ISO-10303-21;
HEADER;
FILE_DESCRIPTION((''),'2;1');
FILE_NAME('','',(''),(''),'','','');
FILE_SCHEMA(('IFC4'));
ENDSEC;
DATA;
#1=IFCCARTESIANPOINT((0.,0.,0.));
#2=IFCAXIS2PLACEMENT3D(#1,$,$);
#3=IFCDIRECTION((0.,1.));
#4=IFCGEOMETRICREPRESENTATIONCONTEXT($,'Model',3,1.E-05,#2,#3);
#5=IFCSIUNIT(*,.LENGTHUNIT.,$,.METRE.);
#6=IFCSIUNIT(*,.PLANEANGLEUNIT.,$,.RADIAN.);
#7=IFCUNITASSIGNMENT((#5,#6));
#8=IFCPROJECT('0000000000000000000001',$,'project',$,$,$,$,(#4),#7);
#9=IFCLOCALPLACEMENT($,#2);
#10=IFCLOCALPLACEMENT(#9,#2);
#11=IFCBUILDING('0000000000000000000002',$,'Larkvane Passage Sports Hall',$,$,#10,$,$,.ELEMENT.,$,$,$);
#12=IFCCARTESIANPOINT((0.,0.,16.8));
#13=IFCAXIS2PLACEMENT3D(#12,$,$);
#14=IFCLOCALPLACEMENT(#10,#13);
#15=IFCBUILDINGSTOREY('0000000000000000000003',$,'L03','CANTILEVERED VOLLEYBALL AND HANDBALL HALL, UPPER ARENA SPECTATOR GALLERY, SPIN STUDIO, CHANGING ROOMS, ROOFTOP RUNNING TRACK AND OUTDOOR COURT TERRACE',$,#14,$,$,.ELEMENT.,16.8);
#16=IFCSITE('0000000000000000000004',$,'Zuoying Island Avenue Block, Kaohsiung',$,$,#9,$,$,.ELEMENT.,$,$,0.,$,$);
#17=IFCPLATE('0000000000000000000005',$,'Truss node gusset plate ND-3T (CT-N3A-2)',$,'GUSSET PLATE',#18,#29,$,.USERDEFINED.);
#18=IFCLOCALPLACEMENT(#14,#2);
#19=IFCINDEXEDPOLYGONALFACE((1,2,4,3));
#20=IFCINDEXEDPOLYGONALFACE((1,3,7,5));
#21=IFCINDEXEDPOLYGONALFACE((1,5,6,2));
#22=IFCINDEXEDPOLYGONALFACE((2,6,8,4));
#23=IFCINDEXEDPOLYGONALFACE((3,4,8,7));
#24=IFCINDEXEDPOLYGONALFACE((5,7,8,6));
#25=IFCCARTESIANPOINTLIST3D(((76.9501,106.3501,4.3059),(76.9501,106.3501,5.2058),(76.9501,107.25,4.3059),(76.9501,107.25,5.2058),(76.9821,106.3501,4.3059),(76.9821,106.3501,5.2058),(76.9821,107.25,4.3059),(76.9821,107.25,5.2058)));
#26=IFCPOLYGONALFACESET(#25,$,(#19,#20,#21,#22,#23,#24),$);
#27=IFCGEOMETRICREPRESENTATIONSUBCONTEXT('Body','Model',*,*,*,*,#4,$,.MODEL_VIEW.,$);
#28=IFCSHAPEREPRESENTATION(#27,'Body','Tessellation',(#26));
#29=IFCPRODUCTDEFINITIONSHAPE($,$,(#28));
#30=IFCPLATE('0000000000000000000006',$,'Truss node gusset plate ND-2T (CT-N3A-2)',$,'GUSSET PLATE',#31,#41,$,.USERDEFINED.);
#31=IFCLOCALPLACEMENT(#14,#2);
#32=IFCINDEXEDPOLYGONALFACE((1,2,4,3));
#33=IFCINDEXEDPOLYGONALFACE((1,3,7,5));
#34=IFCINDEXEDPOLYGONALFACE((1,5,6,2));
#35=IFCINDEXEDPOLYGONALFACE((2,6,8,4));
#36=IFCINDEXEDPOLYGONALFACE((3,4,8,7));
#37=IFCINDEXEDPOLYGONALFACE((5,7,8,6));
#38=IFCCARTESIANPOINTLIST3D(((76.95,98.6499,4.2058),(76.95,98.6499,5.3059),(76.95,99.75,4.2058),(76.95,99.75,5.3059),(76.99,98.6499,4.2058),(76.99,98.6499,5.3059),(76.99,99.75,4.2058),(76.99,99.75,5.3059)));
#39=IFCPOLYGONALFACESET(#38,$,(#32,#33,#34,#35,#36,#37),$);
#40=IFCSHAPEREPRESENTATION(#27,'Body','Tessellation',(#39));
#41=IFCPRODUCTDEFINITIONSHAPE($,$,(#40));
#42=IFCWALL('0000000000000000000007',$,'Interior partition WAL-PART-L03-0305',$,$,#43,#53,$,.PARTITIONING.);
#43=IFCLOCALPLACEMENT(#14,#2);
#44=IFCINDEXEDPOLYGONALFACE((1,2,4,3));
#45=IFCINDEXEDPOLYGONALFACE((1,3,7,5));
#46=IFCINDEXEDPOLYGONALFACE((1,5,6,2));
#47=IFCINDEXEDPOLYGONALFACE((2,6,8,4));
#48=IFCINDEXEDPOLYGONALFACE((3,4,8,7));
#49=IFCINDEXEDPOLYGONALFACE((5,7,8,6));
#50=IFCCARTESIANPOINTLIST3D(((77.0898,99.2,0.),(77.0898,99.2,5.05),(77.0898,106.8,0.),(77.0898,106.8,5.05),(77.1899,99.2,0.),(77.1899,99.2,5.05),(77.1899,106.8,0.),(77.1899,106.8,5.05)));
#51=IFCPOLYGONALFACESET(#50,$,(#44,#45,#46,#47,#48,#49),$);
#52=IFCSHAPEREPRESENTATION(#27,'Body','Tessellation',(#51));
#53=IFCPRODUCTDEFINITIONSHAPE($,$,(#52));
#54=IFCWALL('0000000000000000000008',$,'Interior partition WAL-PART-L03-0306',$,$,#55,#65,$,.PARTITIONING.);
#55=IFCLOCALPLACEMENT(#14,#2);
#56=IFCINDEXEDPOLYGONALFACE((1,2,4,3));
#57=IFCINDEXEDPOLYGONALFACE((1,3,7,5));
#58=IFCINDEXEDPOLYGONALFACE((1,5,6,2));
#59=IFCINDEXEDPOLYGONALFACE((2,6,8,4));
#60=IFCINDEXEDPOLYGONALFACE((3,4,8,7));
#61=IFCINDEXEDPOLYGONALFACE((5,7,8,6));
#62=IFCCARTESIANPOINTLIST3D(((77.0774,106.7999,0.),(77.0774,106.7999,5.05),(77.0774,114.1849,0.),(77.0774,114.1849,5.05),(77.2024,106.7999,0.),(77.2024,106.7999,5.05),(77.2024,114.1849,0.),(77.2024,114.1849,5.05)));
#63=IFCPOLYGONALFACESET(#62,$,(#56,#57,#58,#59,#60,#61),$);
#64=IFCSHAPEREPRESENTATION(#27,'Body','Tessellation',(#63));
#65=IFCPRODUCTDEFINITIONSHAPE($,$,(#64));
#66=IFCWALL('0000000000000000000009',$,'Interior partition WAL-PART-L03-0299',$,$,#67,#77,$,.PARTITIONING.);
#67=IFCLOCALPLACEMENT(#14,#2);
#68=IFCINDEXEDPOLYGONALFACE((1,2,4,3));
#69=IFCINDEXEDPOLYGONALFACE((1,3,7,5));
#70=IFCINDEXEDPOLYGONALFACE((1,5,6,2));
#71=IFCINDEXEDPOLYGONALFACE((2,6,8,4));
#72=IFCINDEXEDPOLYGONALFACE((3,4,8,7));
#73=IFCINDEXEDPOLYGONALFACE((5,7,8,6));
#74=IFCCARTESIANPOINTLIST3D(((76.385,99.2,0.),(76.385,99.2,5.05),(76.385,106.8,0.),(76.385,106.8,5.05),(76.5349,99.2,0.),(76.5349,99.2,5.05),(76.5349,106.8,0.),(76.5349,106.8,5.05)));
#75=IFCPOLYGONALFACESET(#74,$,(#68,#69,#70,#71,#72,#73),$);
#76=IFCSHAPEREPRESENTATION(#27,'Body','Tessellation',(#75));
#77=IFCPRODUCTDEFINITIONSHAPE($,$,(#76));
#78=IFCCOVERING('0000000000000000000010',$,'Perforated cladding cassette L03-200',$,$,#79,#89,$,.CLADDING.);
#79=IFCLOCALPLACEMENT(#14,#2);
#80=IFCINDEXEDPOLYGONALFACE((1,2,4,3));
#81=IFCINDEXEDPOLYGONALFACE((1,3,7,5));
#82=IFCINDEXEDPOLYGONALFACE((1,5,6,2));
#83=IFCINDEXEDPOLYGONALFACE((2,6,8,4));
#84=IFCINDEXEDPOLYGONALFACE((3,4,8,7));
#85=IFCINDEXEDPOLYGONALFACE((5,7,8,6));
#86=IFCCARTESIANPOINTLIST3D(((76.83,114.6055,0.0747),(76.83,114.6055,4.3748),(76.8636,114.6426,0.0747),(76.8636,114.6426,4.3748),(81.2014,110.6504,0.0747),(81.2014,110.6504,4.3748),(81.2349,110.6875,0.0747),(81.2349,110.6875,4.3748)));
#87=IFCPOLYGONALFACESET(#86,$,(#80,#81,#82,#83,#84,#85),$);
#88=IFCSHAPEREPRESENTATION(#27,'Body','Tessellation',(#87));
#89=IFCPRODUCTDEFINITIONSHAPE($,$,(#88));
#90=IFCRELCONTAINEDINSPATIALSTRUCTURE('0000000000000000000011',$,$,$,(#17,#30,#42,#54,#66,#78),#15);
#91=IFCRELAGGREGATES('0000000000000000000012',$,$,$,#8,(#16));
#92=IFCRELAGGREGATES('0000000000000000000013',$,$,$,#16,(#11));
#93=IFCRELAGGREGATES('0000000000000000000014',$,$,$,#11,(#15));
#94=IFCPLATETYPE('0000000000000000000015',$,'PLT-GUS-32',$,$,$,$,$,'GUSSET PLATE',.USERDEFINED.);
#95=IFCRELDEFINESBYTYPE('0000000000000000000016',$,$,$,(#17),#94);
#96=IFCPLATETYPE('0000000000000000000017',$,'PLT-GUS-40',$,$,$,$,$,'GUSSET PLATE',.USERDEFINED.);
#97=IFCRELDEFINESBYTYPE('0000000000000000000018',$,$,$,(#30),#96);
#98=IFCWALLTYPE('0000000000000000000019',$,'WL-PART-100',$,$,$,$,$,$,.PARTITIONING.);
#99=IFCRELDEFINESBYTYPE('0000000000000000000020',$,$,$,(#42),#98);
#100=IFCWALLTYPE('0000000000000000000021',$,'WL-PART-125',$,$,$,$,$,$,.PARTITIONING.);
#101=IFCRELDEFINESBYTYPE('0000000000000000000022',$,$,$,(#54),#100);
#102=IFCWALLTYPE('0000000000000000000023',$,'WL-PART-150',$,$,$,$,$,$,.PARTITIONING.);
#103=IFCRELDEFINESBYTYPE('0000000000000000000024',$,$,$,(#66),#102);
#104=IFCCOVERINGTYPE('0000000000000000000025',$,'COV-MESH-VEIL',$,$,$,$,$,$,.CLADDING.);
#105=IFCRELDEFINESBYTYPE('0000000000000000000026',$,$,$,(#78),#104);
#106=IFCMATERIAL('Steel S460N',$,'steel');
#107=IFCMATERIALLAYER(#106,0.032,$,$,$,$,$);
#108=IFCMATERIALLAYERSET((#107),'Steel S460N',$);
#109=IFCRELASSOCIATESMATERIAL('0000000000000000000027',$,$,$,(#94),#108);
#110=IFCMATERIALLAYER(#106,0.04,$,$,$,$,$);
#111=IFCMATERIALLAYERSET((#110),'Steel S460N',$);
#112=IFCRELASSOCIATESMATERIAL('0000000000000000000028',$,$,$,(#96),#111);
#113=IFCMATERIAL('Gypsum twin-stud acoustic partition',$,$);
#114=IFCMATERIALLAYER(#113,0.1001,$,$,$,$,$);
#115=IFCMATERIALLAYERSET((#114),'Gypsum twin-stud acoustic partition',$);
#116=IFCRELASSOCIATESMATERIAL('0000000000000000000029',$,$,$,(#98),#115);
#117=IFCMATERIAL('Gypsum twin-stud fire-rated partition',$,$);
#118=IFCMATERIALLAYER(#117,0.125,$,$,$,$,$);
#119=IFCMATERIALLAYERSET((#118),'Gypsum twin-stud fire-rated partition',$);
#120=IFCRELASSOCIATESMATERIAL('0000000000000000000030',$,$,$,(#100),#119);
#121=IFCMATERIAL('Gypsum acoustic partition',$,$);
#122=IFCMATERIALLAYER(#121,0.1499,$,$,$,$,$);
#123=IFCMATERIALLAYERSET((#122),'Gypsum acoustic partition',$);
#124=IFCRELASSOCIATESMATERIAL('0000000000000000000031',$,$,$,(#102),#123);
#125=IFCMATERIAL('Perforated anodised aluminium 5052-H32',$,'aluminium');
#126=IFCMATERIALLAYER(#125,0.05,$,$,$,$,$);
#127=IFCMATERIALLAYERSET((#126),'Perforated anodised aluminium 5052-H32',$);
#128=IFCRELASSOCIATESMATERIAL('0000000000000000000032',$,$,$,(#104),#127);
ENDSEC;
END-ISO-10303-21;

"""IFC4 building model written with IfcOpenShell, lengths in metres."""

from ifc_helpers import new_model, si_unit, direction, frame, frame_2d, origin, origin_2d, place, context, subcontext, project, spatial, rectangle, extrude, material, layer, layer_set, type_object, element, save


model = new_model("IFC4")

# Units and contexts
model_context = context("Model", 3, precision=1e-05, world=origin(), true_north=direction((0.0, 1.0)))
body_context = subcontext(model_context, "Body", "Model", "MODEL_VIEW")
ifc_project = project(units=[si_unit("LENGTHUNIT", "METRE"), si_unit("PLANEANGLEUNIT", "RADIAN")], contexts=[model_context])

# Site, building, storey
site_placement = place(None, origin())
site = spatial("IfcSite", under=ifc_project, at=site_placement, Name="Zuoying Island Avenue Block, Kaohsiung", CompositionType="ELEMENT", RefElevation=0.0)
building_placement = place(site_placement, origin())
building = spatial("IfcBuilding", under=site, at=building_placement, Name="Larkvane Passage Sports Hall", CompositionType="ELEMENT")
storey_placement = place(building_placement, frame((0.0, 0.0, 16.8)))
storey = spatial("IfcBuildingStorey", under=building, at=storey_placement, Name="L03", Description="CANTILEVERED VOLLEYBALL AND HANDBALL HALL, UPPER ARENA SPECTATOR GALLERY, SPIN STUDIO, CHANGING ROOMS, ROOFTOP RUNNING TRACK AND OUTDOOR COURT TERRACE", CompositionType="ELEMENT", Elevation=16.8)

# Shared definitions
ifc_material_1 = material(Name="Steel S460N", Category="steel")

# Plates
ifc_layer_1 = layer(ifc_material_1, 0.032)
ifc_layer_set_1 = layer_set([ifc_layer_1], Name="Steel S460N")
plate_type_1 = type_object("IfcPlateType", Name="PLT-GUS-32", ElementType="GUSSET PLATE", PredefinedType="USERDEFINED", material=ifc_layer_set_1)
for number, where, z_axis, x_axis, name in (
    (1, (76.9661, 106.8, 4.3059), (0.0, 0.0, 1.0), (0.0, 1.0, 0.0), "Truss node gusset plate ND-3T (CT-N3A-2)"),
):
    element("IfcPlate", number, at=place(storey_placement, frame(where, z_axis=z_axis, x_axis=x_axis)), inside=storey, type_object=plate_type_1, Name=name, ObjectType="GUSSET PLATE", PredefinedType="USERDEFINED", context=body_context, shape_type="SweptSolid", body=[
        extrude(rectangle(XDim=0.8999, YDim=0.032, at=origin_2d()), origin(), (0.0, 0.0, 1.0), 0.8999),
    ])
ifc_layer_2 = layer(ifc_material_1, 0.04)
ifc_layer_set_2 = layer_set([ifc_layer_2], Name="Steel S460N")
plate_type_2 = type_object("IfcPlateType", Name="PLT-GUS-40", ElementType="GUSSET PLATE", PredefinedType="USERDEFINED", material=ifc_layer_set_2)
plate_1_placement = place(storey_placement, frame((76.97, 99.2, 4.2058), z_axis=(0.0, 0.0, 1.0), x_axis=(0.0, 1.0, 0.0)))
element("IfcPlate", 2, at=plate_1_placement, inside=storey, type_object=plate_type_2, Name="Truss node gusset plate ND-2T (CT-N3A-2)", ObjectType="GUSSET PLATE", PredefinedType="USERDEFINED", context=body_context, shape_type="SweptSolid", body=[
    extrude(rectangle(XDim=1.1001, YDim=0.04, at=origin_2d()), origin(), (0.0, 0.0, 1.0), 1.1001),
])

# Walls
ifc_material_2 = material(Name="Gypsum twin-stud acoustic partition")
ifc_layer_3 = layer(ifc_material_2, 0.1001)
ifc_layer_set_3 = layer_set([ifc_layer_3], Name="Gypsum twin-stud acoustic partition")
wall_type_1 = type_object("IfcWallType", Name="WL-PART-100", PredefinedType="PARTITIONING", material=ifc_layer_set_3)
wall_1_placement = place(storey_placement, frame((77.1399, 99.2, 0.0), z_axis=(0.0, 0.0, 1.0), x_axis=(0.0, 1.0, 0.0)))
element("IfcWall", 3, at=wall_1_placement, inside=storey, type_object=wall_type_1, Name="Interior partition WAL-PART-L03-0305", PredefinedType="PARTITIONING", context=body_context, shape_type="SweptSolid", body=[
    extrude(rectangle(XDim=7.6001, YDim=0.1001, at=frame_2d((3.8, 0.0))), origin(), (0.0, 0.0, 1.0), 5.05),
])
ifc_material_3 = material(Name="Gypsum twin-stud fire-rated partition")
ifc_layer_4 = layer(ifc_material_3, 0.125)
ifc_layer_set_4 = layer_set([ifc_layer_4], Name="Gypsum twin-stud fire-rated partition")
wall_type_2 = type_object("IfcWallType", Name="WL-PART-125", PredefinedType="PARTITIONING", material=ifc_layer_set_4)
wall_2_placement = place(storey_placement, frame((77.1399, 106.8, 0.0), z_axis=(0.0, 0.0, 1.0), x_axis=(0.0, 1.0, 0.0)))
element("IfcWall", 4, at=wall_2_placement, inside=storey, type_object=wall_type_2, Name="Interior partition WAL-PART-L03-0306", PredefinedType="PARTITIONING", context=body_context, shape_type="SweptSolid", body=[
    extrude(rectangle(XDim=7.385, YDim=0.125, at=frame_2d((3.6924, 0.0))), origin(), (0.0, 0.0, 1.0), 5.05),
])
ifc_material_4 = material(Name="Gypsum acoustic partition")
ifc_layer_5 = layer(ifc_material_4, 0.1499)
ifc_layer_set_5 = layer_set([ifc_layer_5], Name="Gypsum acoustic partition")
wall_type_3 = type_object("IfcWallType", Name="WL-PART-150", PredefinedType="PARTITIONING", material=ifc_layer_set_5)
wall_3_placement = place(storey_placement, frame((76.46, 106.8, 0.0), z_axis=(0.0, 0.0, 1.0), x_axis=(0.0, -1.0, 0.0)))
element("IfcWall", 5, at=wall_3_placement, inside=storey, type_object=wall_type_3, Name="Interior partition WAL-PART-L03-0299", PredefinedType="PARTITIONING", context=body_context, shape_type="SweptSolid", body=[
    extrude(rectangle(XDim=7.6001, YDim=0.1499, at=frame_2d((3.8, 0.0))), origin(), (0.0, 0.0, 1.0), 5.05),
])

# Covering
ifc_material_5 = material(Name="Perforated anodised aluminium 5052-H32", Category="aluminium")
ifc_layer_6 = layer(ifc_material_5, 0.05)
ifc_layer_set_6 = layer_set([ifc_layer_6], Name="Perforated anodised aluminium 5052-H32")
covering_type = type_object("IfcCoveringType", Name="COV-MESH-VEIL", PredefinedType="CLADDING", material=ifc_layer_set_6)
covering_placement = place(storey_placement, frame((79.0325, 112.6465, 0.0747), z_axis=(0.0, 0.0, 1.0), x_axis=(0.741536, -0.670913, 0.0)))
element("IfcCovering", 6, at=covering_placement, inside=storey, type_object=covering_type, Name="Perforated cladding cassette L03-200", PredefinedType="CLADDING", context=body_context, shape_type="SweptSolid", body=[
    extrude(rectangle(XDim=5.895, YDim=0.05, at=origin_2d()), origin(), (0.0, 0.0, 1.0), 4.3),
])

save(model, "model.ifc")
